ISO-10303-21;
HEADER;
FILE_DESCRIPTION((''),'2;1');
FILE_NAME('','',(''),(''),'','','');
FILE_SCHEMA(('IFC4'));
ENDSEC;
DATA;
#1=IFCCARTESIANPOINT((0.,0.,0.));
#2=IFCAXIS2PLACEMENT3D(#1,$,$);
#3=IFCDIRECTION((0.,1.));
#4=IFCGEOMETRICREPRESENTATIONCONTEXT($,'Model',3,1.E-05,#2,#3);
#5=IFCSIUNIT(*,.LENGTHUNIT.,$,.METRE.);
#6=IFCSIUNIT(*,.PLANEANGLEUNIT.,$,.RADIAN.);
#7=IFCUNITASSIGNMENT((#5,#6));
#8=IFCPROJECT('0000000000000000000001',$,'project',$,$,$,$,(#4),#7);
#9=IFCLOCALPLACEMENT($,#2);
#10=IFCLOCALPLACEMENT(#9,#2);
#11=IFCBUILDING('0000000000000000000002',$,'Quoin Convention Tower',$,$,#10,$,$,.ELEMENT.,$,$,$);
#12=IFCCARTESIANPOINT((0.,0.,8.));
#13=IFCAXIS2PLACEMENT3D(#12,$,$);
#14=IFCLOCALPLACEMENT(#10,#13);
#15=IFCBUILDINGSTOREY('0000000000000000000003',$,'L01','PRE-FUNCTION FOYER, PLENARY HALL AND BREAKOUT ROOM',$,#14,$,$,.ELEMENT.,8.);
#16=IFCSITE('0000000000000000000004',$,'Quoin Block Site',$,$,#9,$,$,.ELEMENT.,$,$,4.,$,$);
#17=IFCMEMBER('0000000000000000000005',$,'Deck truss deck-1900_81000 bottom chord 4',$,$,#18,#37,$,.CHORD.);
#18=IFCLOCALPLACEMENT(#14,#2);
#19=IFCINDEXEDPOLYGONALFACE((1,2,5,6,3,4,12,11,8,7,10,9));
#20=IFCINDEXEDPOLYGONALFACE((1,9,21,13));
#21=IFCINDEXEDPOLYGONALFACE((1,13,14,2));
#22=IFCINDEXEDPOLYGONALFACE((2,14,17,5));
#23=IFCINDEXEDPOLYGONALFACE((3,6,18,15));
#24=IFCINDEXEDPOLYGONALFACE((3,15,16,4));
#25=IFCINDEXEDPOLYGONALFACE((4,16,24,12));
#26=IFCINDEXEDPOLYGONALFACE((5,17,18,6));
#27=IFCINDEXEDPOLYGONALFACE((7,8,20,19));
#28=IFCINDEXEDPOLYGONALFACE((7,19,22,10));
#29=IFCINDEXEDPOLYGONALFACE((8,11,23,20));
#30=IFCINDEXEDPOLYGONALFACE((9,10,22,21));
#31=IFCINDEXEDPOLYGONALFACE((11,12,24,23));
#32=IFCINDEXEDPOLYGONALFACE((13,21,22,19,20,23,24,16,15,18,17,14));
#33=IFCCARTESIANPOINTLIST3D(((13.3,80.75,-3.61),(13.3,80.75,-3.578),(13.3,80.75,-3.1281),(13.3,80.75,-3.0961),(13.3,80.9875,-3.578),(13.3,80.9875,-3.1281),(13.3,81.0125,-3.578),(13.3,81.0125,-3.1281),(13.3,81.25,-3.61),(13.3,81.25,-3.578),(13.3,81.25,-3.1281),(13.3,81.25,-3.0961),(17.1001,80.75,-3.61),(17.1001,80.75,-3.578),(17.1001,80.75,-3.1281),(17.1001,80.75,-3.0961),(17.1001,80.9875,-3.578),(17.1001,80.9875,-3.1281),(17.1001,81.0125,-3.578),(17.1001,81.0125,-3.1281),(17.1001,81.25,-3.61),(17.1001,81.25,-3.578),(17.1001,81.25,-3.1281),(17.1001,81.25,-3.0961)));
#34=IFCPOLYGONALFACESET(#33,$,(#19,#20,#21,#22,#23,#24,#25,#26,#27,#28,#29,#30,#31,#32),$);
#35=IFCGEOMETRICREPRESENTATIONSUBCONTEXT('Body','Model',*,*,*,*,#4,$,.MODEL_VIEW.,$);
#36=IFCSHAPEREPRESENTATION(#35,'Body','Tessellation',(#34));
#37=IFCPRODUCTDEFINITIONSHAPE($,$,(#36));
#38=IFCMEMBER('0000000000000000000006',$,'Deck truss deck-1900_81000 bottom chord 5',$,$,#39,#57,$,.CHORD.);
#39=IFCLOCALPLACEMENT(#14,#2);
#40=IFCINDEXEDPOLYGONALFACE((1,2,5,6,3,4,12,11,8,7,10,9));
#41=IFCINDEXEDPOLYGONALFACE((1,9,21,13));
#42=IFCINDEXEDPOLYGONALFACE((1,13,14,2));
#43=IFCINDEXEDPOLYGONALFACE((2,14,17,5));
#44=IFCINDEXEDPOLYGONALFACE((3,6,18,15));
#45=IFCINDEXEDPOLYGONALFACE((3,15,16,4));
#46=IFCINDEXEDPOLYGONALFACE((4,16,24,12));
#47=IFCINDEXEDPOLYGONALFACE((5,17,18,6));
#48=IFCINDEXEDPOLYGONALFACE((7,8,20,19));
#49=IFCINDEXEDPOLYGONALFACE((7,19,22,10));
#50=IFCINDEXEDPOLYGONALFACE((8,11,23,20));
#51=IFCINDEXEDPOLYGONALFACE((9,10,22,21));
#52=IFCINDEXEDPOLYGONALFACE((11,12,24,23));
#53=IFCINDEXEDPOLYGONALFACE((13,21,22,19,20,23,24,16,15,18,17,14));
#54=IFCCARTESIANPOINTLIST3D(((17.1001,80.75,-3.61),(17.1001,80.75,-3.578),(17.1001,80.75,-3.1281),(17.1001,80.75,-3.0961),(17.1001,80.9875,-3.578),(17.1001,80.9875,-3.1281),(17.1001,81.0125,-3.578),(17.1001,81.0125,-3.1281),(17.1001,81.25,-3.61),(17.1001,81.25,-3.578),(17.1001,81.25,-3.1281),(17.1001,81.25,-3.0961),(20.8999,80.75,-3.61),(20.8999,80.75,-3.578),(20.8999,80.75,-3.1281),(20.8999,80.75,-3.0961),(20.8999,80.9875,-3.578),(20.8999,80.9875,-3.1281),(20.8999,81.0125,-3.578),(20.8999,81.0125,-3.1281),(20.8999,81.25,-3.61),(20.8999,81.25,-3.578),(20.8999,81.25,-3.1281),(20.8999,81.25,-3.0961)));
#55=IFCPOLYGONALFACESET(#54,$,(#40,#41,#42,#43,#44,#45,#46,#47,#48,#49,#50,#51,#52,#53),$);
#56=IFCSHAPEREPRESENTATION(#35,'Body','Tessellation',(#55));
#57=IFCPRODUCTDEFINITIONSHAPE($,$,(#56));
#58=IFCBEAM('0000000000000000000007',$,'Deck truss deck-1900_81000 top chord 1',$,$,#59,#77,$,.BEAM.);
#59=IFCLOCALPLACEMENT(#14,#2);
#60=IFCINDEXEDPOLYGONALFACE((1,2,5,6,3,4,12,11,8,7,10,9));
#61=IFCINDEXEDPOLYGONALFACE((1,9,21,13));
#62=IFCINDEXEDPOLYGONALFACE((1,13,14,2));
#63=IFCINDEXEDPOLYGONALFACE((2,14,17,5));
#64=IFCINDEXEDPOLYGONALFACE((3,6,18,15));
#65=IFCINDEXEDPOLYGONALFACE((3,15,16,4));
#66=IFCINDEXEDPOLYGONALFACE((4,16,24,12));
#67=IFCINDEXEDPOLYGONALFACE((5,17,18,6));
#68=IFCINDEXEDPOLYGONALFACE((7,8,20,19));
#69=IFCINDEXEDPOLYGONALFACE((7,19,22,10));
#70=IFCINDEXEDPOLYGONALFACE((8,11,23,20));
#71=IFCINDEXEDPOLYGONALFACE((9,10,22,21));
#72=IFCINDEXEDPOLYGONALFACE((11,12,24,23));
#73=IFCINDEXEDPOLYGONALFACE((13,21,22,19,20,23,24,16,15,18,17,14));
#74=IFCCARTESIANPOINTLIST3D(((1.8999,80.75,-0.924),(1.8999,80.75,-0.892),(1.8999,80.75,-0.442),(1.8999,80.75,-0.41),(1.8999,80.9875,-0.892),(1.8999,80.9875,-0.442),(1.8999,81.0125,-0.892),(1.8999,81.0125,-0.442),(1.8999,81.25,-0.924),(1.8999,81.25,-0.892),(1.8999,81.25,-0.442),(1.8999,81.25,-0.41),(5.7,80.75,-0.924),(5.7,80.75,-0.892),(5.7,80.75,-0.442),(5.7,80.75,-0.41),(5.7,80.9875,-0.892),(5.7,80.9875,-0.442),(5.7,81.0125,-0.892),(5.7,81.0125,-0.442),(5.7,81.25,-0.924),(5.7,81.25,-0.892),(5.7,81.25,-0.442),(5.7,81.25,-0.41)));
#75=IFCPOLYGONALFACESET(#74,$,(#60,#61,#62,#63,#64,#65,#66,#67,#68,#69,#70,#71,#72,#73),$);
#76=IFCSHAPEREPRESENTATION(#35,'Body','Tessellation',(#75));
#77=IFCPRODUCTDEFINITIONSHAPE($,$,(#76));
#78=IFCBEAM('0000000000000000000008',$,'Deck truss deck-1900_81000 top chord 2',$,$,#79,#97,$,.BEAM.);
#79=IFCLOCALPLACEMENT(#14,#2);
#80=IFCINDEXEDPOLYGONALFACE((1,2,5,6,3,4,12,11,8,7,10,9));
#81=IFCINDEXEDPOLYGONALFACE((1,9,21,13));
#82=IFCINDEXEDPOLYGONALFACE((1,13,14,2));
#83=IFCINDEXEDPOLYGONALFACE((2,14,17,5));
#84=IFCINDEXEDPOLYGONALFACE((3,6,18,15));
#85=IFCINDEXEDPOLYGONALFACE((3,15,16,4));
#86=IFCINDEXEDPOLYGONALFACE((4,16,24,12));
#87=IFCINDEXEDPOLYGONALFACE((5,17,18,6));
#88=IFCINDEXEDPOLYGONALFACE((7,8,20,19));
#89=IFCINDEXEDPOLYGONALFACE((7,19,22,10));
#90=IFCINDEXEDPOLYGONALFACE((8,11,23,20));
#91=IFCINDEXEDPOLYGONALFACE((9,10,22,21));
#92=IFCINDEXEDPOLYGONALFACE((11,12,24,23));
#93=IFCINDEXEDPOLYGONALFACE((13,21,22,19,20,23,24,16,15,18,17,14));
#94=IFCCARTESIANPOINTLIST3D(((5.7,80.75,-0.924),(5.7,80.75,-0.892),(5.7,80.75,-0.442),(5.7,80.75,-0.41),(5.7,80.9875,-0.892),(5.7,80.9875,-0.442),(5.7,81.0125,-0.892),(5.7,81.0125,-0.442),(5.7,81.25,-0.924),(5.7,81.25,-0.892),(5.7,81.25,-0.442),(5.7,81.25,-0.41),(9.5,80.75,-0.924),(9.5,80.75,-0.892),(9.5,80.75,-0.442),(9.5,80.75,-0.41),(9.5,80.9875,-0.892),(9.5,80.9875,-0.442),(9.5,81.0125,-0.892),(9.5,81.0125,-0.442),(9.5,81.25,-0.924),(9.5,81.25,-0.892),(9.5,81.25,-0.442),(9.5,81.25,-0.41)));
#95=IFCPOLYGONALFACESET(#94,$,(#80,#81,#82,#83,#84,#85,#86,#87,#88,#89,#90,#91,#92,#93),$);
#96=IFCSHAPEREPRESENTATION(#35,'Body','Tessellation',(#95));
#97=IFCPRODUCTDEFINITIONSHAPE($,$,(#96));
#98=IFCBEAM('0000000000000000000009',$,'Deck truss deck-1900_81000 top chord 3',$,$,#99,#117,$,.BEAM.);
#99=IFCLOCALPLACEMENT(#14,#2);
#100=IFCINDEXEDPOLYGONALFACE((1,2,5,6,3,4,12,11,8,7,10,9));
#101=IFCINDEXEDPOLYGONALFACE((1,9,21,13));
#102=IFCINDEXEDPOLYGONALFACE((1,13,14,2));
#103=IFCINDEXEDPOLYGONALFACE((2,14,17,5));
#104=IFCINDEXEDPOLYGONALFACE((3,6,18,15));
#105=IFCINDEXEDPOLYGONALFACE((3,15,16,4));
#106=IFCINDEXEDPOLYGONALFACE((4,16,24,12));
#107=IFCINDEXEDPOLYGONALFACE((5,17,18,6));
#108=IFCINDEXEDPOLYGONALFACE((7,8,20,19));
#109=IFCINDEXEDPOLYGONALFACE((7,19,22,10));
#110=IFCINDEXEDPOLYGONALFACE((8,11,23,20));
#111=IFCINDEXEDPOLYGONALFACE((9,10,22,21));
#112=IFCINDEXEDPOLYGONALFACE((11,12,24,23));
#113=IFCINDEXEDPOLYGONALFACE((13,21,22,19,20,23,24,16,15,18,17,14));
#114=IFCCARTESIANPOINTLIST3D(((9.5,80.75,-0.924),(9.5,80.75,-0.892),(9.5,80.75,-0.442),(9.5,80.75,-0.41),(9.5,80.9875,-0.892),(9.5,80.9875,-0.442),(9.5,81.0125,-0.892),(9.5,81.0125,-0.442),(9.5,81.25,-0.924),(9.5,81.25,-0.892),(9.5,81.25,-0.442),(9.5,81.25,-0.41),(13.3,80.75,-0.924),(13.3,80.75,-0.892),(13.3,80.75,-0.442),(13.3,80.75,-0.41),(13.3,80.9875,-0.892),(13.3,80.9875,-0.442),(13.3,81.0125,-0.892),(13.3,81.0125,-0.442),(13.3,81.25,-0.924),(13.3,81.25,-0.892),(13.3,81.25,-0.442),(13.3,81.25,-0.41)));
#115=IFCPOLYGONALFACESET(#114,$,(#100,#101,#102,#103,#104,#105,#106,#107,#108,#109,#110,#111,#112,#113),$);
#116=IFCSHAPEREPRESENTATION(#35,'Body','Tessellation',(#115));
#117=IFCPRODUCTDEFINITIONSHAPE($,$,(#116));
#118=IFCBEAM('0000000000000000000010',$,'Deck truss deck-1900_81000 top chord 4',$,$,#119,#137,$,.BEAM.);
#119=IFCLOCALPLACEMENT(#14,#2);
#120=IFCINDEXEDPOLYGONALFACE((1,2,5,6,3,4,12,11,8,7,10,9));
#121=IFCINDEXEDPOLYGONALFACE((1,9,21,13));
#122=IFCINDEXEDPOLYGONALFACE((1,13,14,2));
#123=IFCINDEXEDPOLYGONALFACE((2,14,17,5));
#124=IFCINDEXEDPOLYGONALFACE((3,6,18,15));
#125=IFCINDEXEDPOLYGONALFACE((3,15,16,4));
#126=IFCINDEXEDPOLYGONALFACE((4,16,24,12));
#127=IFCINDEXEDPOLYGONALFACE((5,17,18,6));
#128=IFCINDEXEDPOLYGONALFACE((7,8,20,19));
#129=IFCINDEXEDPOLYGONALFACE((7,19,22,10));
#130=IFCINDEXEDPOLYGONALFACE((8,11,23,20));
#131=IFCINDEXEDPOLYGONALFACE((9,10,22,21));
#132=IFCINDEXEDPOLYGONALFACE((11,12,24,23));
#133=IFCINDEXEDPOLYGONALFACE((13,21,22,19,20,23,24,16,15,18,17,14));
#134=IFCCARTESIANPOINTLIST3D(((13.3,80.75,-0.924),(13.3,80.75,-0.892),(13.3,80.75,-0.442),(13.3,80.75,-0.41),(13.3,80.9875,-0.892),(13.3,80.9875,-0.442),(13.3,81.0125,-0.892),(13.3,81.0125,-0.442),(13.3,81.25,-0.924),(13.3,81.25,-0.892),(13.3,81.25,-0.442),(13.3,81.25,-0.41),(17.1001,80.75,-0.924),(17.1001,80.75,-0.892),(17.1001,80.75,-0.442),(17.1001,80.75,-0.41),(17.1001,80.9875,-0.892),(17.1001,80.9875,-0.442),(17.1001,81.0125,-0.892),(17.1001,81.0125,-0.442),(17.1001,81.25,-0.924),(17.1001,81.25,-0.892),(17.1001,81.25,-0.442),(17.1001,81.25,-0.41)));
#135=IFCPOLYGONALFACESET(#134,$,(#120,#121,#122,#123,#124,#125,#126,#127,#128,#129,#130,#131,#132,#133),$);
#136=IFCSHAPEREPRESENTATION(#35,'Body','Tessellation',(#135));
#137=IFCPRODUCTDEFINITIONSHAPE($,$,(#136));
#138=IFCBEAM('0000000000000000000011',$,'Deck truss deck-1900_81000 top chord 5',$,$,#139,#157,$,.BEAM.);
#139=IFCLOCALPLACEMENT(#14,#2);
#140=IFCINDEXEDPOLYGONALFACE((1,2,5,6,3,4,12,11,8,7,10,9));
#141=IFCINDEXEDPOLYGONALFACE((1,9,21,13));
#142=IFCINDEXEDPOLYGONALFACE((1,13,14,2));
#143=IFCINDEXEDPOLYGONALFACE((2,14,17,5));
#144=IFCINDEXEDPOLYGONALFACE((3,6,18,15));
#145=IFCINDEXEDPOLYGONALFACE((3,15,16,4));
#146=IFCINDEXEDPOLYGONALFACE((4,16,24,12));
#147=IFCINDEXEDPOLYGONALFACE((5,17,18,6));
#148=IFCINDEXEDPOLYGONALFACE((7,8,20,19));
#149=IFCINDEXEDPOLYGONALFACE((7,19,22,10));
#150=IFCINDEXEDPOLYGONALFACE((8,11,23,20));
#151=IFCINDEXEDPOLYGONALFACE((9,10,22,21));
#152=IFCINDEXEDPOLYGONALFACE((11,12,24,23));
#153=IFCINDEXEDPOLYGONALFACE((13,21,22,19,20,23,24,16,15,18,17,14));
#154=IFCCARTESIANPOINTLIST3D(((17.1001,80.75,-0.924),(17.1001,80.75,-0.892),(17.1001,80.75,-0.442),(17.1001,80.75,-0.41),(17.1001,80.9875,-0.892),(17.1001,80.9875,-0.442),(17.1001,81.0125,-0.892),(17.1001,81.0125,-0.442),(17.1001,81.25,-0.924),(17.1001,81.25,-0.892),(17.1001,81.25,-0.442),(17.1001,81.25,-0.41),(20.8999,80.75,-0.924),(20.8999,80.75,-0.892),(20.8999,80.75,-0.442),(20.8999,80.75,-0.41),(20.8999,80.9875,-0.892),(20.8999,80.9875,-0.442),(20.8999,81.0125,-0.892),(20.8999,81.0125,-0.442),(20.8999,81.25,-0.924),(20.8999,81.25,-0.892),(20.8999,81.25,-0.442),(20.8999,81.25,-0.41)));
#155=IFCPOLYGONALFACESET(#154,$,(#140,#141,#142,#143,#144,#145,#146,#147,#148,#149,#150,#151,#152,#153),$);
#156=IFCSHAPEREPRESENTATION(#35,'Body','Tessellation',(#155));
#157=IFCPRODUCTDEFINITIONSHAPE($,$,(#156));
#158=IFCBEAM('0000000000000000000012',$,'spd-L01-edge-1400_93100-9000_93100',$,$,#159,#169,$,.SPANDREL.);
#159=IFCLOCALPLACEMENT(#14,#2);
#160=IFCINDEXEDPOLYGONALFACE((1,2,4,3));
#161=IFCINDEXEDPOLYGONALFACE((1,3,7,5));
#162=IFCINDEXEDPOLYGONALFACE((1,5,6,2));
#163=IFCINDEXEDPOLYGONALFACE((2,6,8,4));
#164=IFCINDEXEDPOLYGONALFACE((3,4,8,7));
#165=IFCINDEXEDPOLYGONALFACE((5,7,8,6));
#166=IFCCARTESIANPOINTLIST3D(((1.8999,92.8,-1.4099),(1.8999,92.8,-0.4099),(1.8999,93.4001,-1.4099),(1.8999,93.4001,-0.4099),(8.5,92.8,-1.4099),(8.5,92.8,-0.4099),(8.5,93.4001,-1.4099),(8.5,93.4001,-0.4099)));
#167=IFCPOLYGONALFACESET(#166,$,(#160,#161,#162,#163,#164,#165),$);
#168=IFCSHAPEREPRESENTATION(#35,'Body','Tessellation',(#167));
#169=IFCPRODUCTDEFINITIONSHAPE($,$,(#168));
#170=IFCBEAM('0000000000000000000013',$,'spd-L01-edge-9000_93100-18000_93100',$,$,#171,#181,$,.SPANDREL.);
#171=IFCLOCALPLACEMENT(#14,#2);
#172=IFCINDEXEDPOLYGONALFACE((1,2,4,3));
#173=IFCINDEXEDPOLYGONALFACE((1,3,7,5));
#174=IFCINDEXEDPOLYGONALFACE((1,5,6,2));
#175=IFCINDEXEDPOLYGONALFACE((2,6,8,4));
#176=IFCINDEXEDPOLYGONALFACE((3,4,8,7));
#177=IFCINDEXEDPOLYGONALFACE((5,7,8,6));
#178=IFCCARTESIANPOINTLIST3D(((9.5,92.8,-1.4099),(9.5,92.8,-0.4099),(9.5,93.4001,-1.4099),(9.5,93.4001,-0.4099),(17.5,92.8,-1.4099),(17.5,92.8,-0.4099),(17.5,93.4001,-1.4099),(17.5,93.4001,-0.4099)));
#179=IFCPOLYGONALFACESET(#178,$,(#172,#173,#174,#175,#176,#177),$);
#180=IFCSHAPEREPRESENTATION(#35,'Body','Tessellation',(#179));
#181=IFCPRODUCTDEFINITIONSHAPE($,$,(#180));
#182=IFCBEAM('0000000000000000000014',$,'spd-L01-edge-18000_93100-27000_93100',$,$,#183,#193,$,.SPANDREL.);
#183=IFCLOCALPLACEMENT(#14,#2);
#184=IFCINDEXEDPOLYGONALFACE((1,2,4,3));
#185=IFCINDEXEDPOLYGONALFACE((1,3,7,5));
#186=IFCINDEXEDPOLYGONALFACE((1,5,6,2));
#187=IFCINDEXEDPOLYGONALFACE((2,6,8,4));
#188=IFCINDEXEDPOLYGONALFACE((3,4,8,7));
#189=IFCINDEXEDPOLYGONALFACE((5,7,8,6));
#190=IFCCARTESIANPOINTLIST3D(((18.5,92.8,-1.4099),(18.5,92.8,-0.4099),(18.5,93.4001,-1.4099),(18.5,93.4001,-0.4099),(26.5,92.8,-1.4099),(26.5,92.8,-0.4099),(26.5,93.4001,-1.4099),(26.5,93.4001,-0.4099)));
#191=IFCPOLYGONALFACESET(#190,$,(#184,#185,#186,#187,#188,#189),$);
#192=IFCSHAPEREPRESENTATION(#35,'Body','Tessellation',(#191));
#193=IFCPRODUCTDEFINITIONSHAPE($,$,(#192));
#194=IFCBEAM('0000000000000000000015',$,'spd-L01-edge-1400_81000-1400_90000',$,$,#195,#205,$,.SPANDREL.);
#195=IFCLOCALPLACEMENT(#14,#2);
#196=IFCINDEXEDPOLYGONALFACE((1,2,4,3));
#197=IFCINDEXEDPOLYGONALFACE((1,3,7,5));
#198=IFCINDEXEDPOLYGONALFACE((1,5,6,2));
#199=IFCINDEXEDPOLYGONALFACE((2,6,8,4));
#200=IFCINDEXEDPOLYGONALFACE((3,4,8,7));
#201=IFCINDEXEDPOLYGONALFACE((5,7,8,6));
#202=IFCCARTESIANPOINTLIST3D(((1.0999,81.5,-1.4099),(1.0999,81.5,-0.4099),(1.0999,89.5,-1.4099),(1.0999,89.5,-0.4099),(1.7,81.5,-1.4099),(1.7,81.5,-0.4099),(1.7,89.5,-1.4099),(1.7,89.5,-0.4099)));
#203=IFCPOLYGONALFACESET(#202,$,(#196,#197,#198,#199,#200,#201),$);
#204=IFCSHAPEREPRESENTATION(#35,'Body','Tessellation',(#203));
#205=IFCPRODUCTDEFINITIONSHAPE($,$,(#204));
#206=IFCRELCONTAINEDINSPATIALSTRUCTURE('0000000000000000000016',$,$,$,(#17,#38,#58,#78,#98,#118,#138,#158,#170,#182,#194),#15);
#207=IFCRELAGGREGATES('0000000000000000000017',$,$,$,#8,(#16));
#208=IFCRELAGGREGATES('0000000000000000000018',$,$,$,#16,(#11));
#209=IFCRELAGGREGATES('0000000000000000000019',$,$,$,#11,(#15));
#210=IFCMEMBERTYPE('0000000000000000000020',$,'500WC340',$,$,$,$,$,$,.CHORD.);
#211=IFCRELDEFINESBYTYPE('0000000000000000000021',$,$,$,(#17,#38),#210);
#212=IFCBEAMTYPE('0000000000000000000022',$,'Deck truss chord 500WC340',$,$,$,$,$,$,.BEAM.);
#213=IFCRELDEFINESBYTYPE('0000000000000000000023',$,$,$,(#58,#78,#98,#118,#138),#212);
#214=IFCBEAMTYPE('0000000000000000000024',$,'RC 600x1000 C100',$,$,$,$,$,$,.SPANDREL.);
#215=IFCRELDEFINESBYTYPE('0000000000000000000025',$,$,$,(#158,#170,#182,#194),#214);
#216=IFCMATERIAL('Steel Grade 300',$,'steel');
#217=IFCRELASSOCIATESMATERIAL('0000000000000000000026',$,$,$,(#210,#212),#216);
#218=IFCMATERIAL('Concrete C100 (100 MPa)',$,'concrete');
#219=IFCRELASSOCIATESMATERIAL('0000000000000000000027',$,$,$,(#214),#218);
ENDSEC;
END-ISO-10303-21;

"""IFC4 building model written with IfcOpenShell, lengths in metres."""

from ifc_helpers import new_model, si_unit, direction, frame, origin, origin_2d, place, context, subcontext, project, spatial, rectangle, i_section, extrude, material, material_profile, profile_set, type_object, element, save


model = new_model("IFC4")

# Units and contexts
model_context = context("Model", 3, precision=1e-05, world=origin(), true_north=direction((0.0, 1.0)))
body_context = subcontext(model_context, "Body", "Model", "MODEL_VIEW")
ifc_project = project(units=[si_unit("LENGTHUNIT", "METRE"), si_unit("PLANEANGLEUNIT", "RADIAN")], contexts=[model_context])

# Site, building, storey
site_placement = place(None, origin())
site = spatial("IfcSite", under=ifc_project, at=site_placement, Name="Quoin Block Site", CompositionType="ELEMENT", RefElevation=4.0)
building_placement = place(site_placement, origin())
building = spatial("IfcBuilding", under=site, at=building_placement, Name="Quoin Convention Tower", CompositionType="ELEMENT")
storey_placement = place(building_placement, frame((0.0, 0.0, 8.0)))
storey = spatial("IfcBuildingStorey", under=building, at=storey_placement, Name="L01", Description="PRE-FUNCTION FOYER, PLENARY HALL AND BREAKOUT ROOM", CompositionType="ELEMENT", Elevation=8.0)

# Shared definitions
ifc_material_1 = material(Name="Steel Grade 300", Category="steel")

# Members
ifc_material_profile_1 = material_profile(ifc_material_1, i_section(OverallWidth=0.5, OverallDepth=0.5139, WebThickness=0.0249, FlangeThickness=0.032, at=origin_2d()), Name="500WC340")
ifc_profile_set_1 = profile_set([ifc_material_profile_1], Name="Steel Grade 300")
member_type_1 = type_object("IfcMemberType", Name="500WC340", PredefinedType="CHORD", material=ifc_profile_set_1)
for number, where, z_axis, x_axis, name in (
    (1, (13.3, 81.0, -3.353), (1.0, 0.0, 0.0), (0.0, 1.0, 0.0), "Deck truss deck-1900_81000 bottom chord 4"),
):
    element("IfcMember", number, at=place(storey_placement, frame(where, z_axis=z_axis, x_axis=x_axis)), inside=storey, type_object=member_type_1, Name=name, PredefinedType="CHORD", context=body_context, shape_type="SweptSolid", body=[
        extrude(i_section(OverallWidth=0.5, OverallDepth=0.5139, WebThickness=0.0249, FlangeThickness=0.032, at=origin_2d()), origin(), (0.0, 0.0, 1.0), 3.8),
    ])
member_1_placement = place(storey_placement, frame((17.1001, 81.0, -3.353), z_axis=(1.0, 0.0, 0.0), x_axis=(0.0, 1.0, 0.0)))
element("IfcMember", 2, at=member_1_placement, inside=storey, type_object=member_type_1, Name="Deck truss deck-1900_81000 bottom chord 5", PredefinedType="CHORD", context=body_context, shape_type="SweptSolid", body=[
    extrude(i_section(OverallWidth=0.5, OverallDepth=0.5139, WebThickness=0.0249, FlangeThickness=0.032, at=origin_2d()), origin(), (0.0, 0.0, 1.0), 3.7998),
])

# Beams
ifc_material_profile_2 = material_profile(ifc_material_1, i_section(OverallWidth=0.5, OverallDepth=0.5139, WebThickness=0.0249, FlangeThickness=0.032, at=origin_2d()), Name="500WC340")
ifc_profile_set_2 = profile_set([ifc_material_profile_2], Name="Steel Grade 300")
beam_type_1 = type_object("IfcBeamType", Name="Deck truss chord 500WC340", PredefinedType="BEAM", material=ifc_profile_set_2)
for number, where, z_axis, x_axis, name in (
    (3, (1.8999, 81.0, -0.667), (1.0, 0.0, 0.0), (0.0, 1.0, 0.0), "Deck truss deck-1900_81000 top chord 1"),
    (4, (5.7, 81.0, -0.667), (1.0, 0.0, 0.0), (0.0, 1.0, 0.0), "Deck truss deck-1900_81000 top chord 2"),
    (5, (9.5, 81.0, -0.667), (1.0, 0.0, 0.0), (0.0, 1.0, 0.0), "Deck truss deck-1900_81000 top chord 3"),
    (6, (13.3, 81.0, -0.667), (1.0, 0.0, 0.0), (0.0, 1.0, 0.0), "Deck truss deck-1900_81000 top chord 4"),
):
    element("IfcBeam", number, at=place(storey_placement, frame(where, z_axis=z_axis, x_axis=x_axis)), inside=storey, type_object=beam_type_1, Name=name, PredefinedType="BEAM", context=body_context, shape_type="SweptSolid", body=[
        extrude(i_section(OverallWidth=0.5, OverallDepth=0.5139, WebThickness=0.0249, FlangeThickness=0.032, at=origin_2d()), origin(), (0.0, 0.0, 1.0), 3.8),
    ])
beam_1_placement = place(storey_placement, frame((17.1001, 81.0, -0.667), z_axis=(1.0, 0.0, 0.0), x_axis=(0.0, 1.0, 0.0)))
element("IfcBeam", 7, at=beam_1_placement, inside=storey, type_object=beam_type_1, Name="Deck truss deck-1900_81000 top chord 5", PredefinedType="BEAM", context=body_context, shape_type="SweptSolid", body=[
    extrude(i_section(OverallWidth=0.5, OverallDepth=0.5139, WebThickness=0.0249, FlangeThickness=0.032, at=origin_2d()), origin(), (0.0, 0.0, 1.0), 3.7998),
])
ifc_material_2 = material(Name="Concrete C100 (100 MPa)", Category="concrete")
ifc_material_profile_3 = material_profile(ifc_material_2, rectangle(XDim=0.6001, YDim=1.0, at=origin_2d()), Name="RC 600x1000")
ifc_profile_set_3 = profile_set([ifc_material_profile_3], Name="Concrete C100 (100 MPa)")
beam_type_2 = type_object("IfcBeamType", Name="RC 600x1000 C100", PredefinedType="SPANDREL", material=ifc_profile_set_3)
beam_2_placement = place(storey_placement, frame((1.8999, 93.1001, -0.9099), z_axis=(1.0, 0.0, 0.0), x_axis=(0.0, 1.0, 0.0)))
element("IfcBeam", 8, at=beam_2_placement, inside=storey, type_object=beam_type_2, Name="spd-L01-edge-1400_93100-9000_93100", PredefinedType="SPANDREL", context=body_context, shape_type="SweptSolid", body=[
    extrude(rectangle(XDim=0.6001, YDim=1.0, at=origin_2d()), origin(), (0.0, 0.0, 1.0), 6.6001),
])
for number, where, z_axis, x_axis, name in (
    (9, (9.5, 93.1001, -0.9099), (1.0, 0.0, 0.0), (0.0, 1.0, 0.0), "spd-L01-edge-9000_93100-18000_93100"),
    (10, (18.5, 93.1001, -0.9099), (1.0, 0.0, 0.0), (0.0, 1.0, 0.0), "spd-L01-edge-18000_93100-27000_93100"),
    (11, (1.3999, 81.5, -0.9099), (0.0, 1.0, 0.0), (-1.0, 0.0, 0.0), "spd-L01-edge-1400_81000-1400_90000"),
):
    element("IfcBeam", number, at=place(storey_placement, frame(where, z_axis=z_axis, x_axis=x_axis)), inside=storey, type_object=beam_type_2, Name=name, PredefinedType="SPANDREL", context=body_context, shape_type="SweptSolid", body=[
        extrude(rectangle(XDim=0.6001, YDim=1.0, at=origin_2d()), origin(), (0.0, 0.0, 1.0), 8.0),
    ])

save(model, "model.ifc")
